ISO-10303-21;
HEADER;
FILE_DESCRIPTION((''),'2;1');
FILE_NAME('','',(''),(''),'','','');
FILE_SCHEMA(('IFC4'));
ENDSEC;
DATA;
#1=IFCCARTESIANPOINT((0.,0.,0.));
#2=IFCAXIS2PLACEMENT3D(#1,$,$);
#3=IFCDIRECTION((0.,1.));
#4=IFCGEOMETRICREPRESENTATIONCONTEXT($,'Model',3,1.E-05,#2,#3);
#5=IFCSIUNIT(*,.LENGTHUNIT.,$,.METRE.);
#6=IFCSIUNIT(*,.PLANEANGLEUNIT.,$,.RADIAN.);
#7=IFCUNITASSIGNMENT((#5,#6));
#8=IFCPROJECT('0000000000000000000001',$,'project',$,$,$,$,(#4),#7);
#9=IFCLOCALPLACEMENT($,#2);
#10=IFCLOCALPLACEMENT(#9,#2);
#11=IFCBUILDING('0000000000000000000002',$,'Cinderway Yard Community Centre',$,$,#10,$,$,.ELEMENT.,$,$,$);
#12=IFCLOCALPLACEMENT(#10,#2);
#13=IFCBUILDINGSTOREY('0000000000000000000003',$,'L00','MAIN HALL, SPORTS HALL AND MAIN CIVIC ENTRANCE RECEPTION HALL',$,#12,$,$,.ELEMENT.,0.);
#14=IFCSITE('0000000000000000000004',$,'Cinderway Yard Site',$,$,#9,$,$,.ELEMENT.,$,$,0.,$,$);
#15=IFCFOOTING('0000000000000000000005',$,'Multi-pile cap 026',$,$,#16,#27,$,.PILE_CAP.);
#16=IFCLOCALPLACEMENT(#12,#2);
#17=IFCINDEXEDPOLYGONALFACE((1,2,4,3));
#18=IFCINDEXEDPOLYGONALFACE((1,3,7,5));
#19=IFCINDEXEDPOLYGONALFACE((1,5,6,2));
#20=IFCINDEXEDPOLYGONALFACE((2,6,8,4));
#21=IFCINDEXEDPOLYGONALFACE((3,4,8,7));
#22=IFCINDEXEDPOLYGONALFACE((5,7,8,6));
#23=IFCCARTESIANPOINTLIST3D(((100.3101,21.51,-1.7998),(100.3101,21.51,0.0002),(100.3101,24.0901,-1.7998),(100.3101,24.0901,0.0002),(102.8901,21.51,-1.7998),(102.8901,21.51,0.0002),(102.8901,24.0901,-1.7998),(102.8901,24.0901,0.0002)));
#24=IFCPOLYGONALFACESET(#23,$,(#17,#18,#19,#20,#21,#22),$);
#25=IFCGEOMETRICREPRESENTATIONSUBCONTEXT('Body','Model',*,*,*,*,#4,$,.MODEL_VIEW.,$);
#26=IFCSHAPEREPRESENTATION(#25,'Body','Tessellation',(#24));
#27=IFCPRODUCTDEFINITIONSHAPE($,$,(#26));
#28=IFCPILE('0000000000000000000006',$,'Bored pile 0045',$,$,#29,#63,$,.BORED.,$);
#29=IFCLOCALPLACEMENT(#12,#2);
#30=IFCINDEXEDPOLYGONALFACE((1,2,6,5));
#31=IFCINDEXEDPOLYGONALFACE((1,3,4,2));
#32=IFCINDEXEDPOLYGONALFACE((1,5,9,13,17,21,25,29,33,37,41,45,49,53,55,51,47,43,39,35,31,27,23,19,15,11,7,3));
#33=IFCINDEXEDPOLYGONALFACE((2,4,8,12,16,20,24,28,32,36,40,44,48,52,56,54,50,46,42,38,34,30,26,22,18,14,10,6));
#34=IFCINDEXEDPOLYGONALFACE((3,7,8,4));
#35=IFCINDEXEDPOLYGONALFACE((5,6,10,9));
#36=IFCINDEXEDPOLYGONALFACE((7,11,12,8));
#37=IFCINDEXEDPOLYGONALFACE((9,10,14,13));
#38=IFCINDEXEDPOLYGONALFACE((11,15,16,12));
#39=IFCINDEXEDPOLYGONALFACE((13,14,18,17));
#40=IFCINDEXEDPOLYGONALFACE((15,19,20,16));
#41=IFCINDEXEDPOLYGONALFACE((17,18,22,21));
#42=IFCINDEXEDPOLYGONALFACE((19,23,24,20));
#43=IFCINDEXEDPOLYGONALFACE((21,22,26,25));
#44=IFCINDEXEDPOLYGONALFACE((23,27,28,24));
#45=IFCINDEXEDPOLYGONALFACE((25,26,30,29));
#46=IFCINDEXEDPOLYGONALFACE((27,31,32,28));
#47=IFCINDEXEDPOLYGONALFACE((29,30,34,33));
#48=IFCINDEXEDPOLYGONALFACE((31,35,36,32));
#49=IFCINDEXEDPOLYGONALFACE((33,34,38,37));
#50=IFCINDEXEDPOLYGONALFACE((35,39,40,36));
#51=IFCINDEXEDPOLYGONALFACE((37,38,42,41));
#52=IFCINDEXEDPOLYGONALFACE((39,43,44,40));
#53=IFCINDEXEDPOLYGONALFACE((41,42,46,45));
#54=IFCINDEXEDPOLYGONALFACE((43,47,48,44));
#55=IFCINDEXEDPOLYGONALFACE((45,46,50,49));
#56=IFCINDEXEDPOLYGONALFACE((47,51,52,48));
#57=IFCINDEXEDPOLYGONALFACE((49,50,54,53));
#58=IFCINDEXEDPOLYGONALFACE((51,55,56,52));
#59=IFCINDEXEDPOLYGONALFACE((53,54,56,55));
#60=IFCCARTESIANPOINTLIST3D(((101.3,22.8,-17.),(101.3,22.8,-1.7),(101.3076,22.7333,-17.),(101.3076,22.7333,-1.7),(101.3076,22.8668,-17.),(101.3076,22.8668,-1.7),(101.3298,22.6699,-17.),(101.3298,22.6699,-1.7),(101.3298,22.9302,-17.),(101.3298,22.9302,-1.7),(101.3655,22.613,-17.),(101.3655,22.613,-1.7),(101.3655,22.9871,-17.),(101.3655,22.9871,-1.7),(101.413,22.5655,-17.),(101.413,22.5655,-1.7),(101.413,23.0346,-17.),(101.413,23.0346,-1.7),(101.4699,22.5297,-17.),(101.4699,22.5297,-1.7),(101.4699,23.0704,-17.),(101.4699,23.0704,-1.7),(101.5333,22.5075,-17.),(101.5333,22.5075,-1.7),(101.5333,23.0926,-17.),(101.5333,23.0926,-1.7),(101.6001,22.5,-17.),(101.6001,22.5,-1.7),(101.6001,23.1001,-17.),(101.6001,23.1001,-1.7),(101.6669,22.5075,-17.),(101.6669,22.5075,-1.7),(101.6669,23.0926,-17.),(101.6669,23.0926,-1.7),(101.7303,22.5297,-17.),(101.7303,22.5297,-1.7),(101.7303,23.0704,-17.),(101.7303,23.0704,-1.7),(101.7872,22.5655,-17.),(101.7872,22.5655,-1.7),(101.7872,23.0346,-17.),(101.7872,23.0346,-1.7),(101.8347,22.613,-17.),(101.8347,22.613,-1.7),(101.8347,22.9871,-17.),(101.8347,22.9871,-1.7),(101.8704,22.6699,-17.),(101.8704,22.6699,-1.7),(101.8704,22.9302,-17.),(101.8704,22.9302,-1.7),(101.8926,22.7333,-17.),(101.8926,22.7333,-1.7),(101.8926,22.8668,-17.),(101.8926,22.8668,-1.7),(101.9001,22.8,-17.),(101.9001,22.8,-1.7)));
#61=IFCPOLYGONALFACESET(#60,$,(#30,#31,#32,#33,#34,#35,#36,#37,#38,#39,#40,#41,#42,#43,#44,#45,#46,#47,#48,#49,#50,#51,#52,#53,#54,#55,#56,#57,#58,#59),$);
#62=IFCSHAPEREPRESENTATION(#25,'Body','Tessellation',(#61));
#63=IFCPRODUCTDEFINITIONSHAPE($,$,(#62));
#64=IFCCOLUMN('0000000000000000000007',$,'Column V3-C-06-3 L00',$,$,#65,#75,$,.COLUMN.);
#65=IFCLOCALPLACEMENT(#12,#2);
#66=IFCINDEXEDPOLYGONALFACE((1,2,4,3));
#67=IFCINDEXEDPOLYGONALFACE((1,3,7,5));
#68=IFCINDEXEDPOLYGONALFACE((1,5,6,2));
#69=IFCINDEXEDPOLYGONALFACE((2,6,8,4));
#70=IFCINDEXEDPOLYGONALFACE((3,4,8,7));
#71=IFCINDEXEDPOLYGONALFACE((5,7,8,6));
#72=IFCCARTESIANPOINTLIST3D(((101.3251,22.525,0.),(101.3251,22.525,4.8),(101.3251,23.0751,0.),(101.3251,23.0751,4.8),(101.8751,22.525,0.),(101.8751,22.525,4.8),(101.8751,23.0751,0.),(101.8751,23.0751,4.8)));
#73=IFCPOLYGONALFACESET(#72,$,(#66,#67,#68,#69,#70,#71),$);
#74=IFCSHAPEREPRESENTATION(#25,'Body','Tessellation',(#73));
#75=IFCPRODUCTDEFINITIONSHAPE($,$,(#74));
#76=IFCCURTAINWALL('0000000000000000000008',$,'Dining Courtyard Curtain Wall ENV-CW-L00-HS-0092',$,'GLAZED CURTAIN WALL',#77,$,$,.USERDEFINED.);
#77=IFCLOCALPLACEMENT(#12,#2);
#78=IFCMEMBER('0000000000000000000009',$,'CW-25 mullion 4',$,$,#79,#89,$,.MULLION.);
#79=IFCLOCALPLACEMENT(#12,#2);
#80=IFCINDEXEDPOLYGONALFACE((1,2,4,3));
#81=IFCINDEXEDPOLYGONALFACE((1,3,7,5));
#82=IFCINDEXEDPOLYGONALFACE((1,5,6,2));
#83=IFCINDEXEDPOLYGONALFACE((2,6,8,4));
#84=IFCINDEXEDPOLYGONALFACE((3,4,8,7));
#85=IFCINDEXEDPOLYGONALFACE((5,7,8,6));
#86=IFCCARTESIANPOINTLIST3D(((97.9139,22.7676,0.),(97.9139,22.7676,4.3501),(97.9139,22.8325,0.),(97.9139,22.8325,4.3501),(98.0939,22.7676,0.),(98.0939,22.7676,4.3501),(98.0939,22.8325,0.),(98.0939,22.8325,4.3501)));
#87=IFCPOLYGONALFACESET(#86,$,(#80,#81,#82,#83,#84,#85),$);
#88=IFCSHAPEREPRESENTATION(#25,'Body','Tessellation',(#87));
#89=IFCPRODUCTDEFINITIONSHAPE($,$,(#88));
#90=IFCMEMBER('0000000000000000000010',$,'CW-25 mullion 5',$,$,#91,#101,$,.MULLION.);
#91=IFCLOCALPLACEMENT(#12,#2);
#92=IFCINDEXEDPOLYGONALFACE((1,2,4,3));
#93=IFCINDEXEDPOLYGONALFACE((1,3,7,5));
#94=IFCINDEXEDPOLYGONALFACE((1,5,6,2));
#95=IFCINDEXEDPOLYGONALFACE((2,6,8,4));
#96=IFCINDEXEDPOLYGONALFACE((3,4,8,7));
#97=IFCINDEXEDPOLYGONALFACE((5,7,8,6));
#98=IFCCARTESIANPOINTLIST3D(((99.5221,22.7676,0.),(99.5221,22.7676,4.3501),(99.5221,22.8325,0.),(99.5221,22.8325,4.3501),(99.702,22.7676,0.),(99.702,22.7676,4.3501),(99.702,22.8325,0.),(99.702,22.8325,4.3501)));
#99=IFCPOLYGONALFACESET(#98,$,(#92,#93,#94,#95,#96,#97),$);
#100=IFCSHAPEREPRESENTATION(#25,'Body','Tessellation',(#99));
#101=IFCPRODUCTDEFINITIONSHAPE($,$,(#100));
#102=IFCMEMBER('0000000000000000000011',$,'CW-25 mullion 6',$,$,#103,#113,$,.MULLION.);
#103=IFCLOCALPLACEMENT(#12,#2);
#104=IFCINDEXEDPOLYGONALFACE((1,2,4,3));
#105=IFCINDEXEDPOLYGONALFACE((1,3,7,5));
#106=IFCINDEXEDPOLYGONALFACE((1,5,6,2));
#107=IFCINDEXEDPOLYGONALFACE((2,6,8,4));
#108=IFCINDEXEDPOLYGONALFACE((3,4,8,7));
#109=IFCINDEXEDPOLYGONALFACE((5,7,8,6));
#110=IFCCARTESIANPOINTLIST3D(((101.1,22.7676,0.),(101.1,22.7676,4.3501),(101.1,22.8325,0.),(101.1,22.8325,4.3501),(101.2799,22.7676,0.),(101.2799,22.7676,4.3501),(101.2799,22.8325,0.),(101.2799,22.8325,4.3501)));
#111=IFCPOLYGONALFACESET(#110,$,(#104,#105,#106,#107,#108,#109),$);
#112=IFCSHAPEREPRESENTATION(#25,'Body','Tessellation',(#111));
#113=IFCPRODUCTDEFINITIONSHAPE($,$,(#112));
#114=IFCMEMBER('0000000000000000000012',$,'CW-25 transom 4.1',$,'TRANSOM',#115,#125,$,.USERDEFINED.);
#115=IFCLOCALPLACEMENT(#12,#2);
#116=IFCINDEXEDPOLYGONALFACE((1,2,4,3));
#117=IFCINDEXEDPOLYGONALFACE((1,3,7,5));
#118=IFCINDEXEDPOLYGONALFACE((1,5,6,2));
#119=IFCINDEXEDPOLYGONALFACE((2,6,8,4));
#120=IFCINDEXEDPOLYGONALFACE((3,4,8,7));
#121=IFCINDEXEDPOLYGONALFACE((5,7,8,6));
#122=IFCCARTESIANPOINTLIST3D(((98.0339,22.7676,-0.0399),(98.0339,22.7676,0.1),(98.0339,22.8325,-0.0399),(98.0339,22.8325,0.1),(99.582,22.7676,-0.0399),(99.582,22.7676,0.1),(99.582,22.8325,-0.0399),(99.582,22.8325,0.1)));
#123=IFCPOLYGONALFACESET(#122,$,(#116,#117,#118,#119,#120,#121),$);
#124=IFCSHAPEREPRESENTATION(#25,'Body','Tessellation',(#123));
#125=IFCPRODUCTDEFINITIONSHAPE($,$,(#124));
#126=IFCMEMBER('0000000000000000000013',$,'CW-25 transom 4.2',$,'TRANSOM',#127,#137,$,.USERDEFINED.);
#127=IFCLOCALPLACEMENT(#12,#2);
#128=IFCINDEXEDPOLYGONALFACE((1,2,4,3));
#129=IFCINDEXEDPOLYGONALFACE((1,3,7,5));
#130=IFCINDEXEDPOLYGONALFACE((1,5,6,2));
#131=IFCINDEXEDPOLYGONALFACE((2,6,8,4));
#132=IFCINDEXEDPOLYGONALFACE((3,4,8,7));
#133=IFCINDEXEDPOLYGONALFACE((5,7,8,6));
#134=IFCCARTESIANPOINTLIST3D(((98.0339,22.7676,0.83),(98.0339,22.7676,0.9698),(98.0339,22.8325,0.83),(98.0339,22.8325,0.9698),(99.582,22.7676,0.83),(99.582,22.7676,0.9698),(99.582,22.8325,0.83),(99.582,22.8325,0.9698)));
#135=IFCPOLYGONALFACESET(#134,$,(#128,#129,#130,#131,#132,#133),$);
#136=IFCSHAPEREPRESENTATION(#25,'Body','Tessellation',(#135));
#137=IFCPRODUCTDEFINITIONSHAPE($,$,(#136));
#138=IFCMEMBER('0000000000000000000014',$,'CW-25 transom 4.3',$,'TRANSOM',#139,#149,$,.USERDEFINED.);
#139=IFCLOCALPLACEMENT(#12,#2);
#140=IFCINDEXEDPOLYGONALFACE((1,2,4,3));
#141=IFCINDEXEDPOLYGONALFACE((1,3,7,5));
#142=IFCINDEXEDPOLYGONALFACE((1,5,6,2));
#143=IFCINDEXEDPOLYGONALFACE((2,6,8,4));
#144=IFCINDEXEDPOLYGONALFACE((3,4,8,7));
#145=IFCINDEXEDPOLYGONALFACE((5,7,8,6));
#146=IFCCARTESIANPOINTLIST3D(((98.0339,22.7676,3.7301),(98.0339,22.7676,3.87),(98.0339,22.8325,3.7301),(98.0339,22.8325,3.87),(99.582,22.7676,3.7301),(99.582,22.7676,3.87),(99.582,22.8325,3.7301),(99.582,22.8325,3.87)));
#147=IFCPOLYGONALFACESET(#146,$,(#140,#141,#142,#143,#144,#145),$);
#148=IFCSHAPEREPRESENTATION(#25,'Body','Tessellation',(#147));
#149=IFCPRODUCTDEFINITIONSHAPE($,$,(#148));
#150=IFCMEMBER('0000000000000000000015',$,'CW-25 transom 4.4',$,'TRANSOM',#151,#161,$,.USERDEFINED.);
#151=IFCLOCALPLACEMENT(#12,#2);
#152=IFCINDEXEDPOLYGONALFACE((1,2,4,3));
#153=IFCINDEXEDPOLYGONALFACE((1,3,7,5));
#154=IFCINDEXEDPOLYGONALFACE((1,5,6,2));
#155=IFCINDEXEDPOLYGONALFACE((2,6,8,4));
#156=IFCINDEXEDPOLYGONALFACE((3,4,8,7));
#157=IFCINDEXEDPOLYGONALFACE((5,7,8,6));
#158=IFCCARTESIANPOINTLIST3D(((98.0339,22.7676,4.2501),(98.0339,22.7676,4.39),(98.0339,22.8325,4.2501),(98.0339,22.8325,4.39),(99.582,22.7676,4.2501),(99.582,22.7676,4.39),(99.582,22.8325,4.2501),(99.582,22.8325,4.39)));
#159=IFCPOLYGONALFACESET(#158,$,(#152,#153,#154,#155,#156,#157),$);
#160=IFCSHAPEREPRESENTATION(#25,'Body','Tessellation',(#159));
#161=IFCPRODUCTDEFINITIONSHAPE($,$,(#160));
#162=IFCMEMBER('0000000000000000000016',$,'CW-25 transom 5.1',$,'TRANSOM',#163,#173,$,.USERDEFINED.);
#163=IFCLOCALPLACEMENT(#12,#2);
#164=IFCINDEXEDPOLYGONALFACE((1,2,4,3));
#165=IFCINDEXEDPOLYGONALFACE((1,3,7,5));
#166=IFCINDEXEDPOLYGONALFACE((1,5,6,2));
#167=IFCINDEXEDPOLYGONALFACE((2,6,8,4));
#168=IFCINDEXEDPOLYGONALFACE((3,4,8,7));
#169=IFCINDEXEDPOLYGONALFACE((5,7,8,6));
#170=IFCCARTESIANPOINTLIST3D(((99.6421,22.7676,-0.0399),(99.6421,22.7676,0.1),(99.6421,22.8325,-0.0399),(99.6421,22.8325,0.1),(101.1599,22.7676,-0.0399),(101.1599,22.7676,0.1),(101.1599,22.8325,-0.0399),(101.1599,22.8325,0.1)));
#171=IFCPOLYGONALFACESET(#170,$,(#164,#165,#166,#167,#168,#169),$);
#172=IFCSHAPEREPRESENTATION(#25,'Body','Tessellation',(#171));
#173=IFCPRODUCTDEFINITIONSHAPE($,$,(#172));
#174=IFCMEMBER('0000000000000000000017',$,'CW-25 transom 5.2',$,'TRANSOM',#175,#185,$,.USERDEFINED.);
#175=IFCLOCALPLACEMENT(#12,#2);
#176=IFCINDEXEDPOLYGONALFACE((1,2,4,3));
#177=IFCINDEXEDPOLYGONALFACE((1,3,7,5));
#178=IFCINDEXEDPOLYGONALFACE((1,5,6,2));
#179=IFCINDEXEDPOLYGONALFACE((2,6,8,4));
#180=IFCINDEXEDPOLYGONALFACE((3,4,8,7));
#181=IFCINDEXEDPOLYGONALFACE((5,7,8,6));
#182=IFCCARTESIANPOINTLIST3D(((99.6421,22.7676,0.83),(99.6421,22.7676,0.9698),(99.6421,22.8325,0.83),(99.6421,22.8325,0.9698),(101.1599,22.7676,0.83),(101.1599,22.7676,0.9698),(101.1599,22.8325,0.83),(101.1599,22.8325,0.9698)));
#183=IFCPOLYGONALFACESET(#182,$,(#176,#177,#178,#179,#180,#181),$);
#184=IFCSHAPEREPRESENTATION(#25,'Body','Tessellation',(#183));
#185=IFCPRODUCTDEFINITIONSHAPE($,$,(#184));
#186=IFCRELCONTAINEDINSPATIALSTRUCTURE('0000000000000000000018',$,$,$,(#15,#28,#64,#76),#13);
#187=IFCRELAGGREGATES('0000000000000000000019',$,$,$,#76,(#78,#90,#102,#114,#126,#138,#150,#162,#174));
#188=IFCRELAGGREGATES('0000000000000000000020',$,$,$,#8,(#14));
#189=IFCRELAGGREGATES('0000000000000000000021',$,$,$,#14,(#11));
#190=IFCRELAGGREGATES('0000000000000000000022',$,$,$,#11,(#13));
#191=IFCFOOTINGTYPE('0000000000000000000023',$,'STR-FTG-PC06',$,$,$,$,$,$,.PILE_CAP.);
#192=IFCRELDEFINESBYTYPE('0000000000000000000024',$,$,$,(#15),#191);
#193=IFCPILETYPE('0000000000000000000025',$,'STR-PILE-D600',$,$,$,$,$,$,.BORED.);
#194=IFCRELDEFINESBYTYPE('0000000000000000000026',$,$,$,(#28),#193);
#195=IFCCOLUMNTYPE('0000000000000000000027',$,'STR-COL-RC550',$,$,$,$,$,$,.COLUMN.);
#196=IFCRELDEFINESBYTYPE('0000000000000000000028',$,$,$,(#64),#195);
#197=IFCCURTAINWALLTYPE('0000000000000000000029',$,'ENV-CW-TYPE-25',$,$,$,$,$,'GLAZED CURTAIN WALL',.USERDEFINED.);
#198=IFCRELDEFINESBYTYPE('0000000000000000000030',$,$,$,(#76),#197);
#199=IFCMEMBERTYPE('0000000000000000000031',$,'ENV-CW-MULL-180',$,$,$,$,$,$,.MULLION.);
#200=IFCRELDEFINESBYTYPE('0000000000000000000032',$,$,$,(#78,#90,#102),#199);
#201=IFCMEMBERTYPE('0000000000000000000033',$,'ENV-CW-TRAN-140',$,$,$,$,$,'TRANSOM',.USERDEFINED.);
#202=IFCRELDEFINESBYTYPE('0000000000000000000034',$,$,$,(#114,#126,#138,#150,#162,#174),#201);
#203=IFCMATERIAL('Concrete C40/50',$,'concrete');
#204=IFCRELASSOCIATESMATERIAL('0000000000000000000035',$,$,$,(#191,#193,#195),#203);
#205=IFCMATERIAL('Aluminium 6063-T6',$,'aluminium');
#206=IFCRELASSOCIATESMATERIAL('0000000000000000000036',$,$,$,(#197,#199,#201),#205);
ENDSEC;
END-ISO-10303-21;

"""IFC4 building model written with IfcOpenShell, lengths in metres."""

from ifc_helpers import new_model, si_unit, direction, frame, origin, origin_2d, place, context, subcontext, project, spatial, rectangle, circle, extrude, material, material_profile, profile_set, type_object, element, aggregate, save


model = new_model("IFC4")

# Units and contexts
model_context = context("Model", 3, precision=1e-05, world=origin(), true_north=direction((0.0, 1.0)))
body_context = subcontext(model_context, "Body", "Model", "MODEL_VIEW")
ifc_project = project(units=[si_unit("LENGTHUNIT", "METRE"), si_unit("PLANEANGLEUNIT", "RADIAN")], contexts=[model_context])

# Site, building, storey
site_placement = place(None, origin())
site = spatial("IfcSite", under=ifc_project, at=site_placement, Name="Cinderway Yard Site", CompositionType="ELEMENT", RefElevation=0.0)
building_placement = place(site_placement, origin())
building = spatial("IfcBuilding", under=site, at=building_placement, Name="Cinderway Yard Community Centre", CompositionType="ELEMENT")
storey_placement = place(building_placement, origin())
storey = spatial("IfcBuildingStorey", under=building, at=storey_placement, Name="L00", Description="MAIN HALL, SPORTS HALL AND MAIN CIVIC ENTRANCE RECEPTION HALL", CompositionType="ELEMENT", Elevation=0.0)

# Footing
ifc_material_1 = material(Name="Concrete C40/50", Category="concrete")
footing_type = type_object("IfcFootingType", Name="STR-FTG-PC06", PredefinedType="PILE_CAP", material=ifc_material_1)
footing_placement = place(storey_placement, frame((101.6001, 22.8, -1.7998), z_axis=(0.0, 0.0, 1.0), x_axis=(1.0, 0.0, 0.0)))
element("IfcFooting", 1, at=footing_placement, inside=storey, type_object=footing_type, Name="Multi-pile cap 026", PredefinedType="PILE_CAP", context=body_context, shape_type="SweptSolid", body=[
    extrude(rectangle(XDim=2.5801, YDim=2.5801, at=origin_2d()), origin(), (0.0, 0.0, 1.0), 1.8),
])

# Pile
ifc_material_profile_1 = material_profile(ifc_material_1, circle(Radius=0.3, at=origin_2d()), Name="Concrete C40/50")
ifc_profile_set_1 = profile_set([ifc_material_profile_1], Name="Concrete C40/50")
pile_type = type_object("IfcPileType", Name="STR-PILE-D600", PredefinedType="BORED", material=ifc_profile_set_1)
pile_placement = place(storey_placement, frame((101.6001, 22.8, -1.7), z_axis=(0.0, 0.0, -1.0), x_axis=(1.0, 0.0, 0.0)))
element("IfcPile", 2, at=pile_placement, inside=storey, type_object=pile_type, Name="Bored pile 0045", PredefinedType="BORED", context=body_context, shape_type="SweptSolid", body=[
    extrude(circle(Radius=0.3, at=origin_2d()), origin(), (0.0, 0.0, 1.0), 15.3),
])

# Column
ifc_material_profile_2 = material_profile(ifc_material_1, rectangle(XDim=0.55, YDim=0.55, at=origin_2d()), Name="Concrete C40/50")
ifc_profile_set_2 = profile_set([ifc_material_profile_2], Name="Concrete C40/50")
column_type = type_object("IfcColumnType", Name="STR-COL-RC550", PredefinedType="COLUMN", material=ifc_profile_set_2)
column_placement = place(storey_placement, frame((101.6001, 22.8, 0.0), z_axis=(0.0, 0.0, 1.0), x_axis=(1.0, 0.0, 0.0)))
element("IfcColumn", 3, at=column_placement, inside=storey, type_object=column_type, Name="Column V3-C-06-3 L00", PredefinedType="COLUMN", context=body_context, shape_type="SweptSolid", body=[
    extrude(rectangle(XDim=0.55, YDim=0.55, at=origin_2d()), origin(), (0.0, 0.0, 1.0), 4.8),
])

# Curtain wall, members
ifc_material_2 = material(Name="Aluminium 6063-T6", Category="aluminium")
curtain_wall_type = type_object("IfcCurtainWallType", Name="ENV-CW-TYPE-25", ElementType="GLAZED CURTAIN WALL", PredefinedType="USERDEFINED", material=ifc_material_2)
curtain_wall_placement = place(storey_placement, origin())
curtain_wall = element("IfcCurtainWall", 4, at=curtain_wall_placement, inside=storey, type_object=curtain_wall_type, Name="Dining Courtyard Curtain Wall ENV-CW-L00-HS-0092", ObjectType="GLAZED CURTAIN WALL", PredefinedType="USERDEFINED")
ifc_material_profile_3 = material_profile(ifc_material_2, rectangle(XDim=0.0649, YDim=0.1799, at=origin_2d()), Name="Aluminium 6063-T6")
ifc_profile_set_3 = profile_set([ifc_material_profile_3], Name="Aluminium 6063-T6")
member_type_1 = type_object("IfcMemberType", Name="ENV-CW-MULL-180", PredefinedType="MULLION", material=ifc_profile_set_3)
member_1_placement = place(storey_placement, frame((98.0039, 22.8, 0.0), z_axis=(0.0, 0.0, 1.0), x_axis=(0.0, 1.0, 0.0)))
member_1 = element("IfcMember", 5, at=member_1_placement, type_object=member_type_1, Name="CW-25 mullion 4", PredefinedType="MULLION", context=body_context, shape_type="SweptSolid", body=[
    extrude(rectangle(XDim=0.0649, YDim=0.1799, at=origin_2d()), origin(), (0.0, 0.0, 1.0), 4.3501),
])
member_2_placement = place(storey_placement, frame((99.6121, 22.8, 0.0), z_axis=(0.0, 0.0, 1.0), x_axis=(0.0, 1.0, 0.0)))
member_2 = element("IfcMember", 6, at=member_2_placement, type_object=member_type_1, Name="CW-25 mullion 5", PredefinedType="MULLION", context=body_context, shape_type="SweptSolid", body=[
    extrude(rectangle(XDim=0.0649, YDim=0.1799, at=origin_2d()), origin(), (0.0, 0.0, 1.0), 4.3501),
])
member_3_placement = place(storey_placement, frame((101.1899, 22.8, 0.0), z_axis=(0.0, 0.0, 1.0), x_axis=(0.0, 1.0, 0.0)))
member_3 = element("IfcMember", 7, at=member_3_placement, type_object=member_type_1, Name="CW-25 mullion 6", PredefinedType="MULLION", context=body_context, shape_type="SweptSolid", body=[
    extrude(rectangle(XDim=0.0649, YDim=0.1799, at=origin_2d()), origin(), (0.0, 0.0, 1.0), 4.3501),
])
ifc_material_profile_4 = material_profile(ifc_material_2, rectangle(XDim=0.0649, YDim=0.1399, at=origin_2d()), Name="Aluminium 6063-T6")
ifc_profile_set_4 = profile_set([ifc_material_profile_4], Name="Aluminium 6063-T6")
member_type_2 = type_object("IfcMemberType", Name="ENV-CW-TRAN-140", ElementType="TRANSOM", PredefinedType="USERDEFINED", material=ifc_profile_set_4)
member_4_placement = place(storey_placement, frame((98.0339, 22.8, 0.03), z_axis=(1.0, 0.0, 0.0), x_axis=(0.0, 1.0, 0.0)))
member_4 = element("IfcMember", 8, at=member_4_placement, type_object=member_type_2, Name="CW-25 transom 4.1", ObjectType="TRANSOM", PredefinedType="USERDEFINED", context=body_context, shape_type="SweptSolid", body=[
    extrude(rectangle(XDim=0.0649, YDim=0.1399, at=origin_2d()), origin(), (0.0, 0.0, 1.0), 1.5481),
])
member_5_placement = place(storey_placement, frame((98.0339, 22.8, 0.8999), z_axis=(1.0, 0.0, 0.0), x_axis=(0.0, 1.0, 0.0)))
member_5 = element("IfcMember", 9, at=member_5_placement, type_object=member_type_2, Name="CW-25 transom 4.2", ObjectType="TRANSOM", PredefinedType="USERDEFINED", context=body_context, shape_type="SweptSolid", body=[
    extrude(rectangle(XDim=0.0649, YDim=0.1399, at=origin_2d()), origin(), (0.0, 0.0, 1.0), 1.5481),
])
member_6_placement = place(storey_placement, frame((98.0339, 22.8, 3.8), z_axis=(1.0, 0.0, 0.0), x_axis=(0.0, 1.0, 0.0)))
member_6 = element("IfcMember", 10, at=member_6_placement, type_object=member_type_2, Name="CW-25 transom 4.3", ObjectType="TRANSOM", PredefinedType="USERDEFINED", context=body_context, shape_type="SweptSolid", body=[
    extrude(rectangle(XDim=0.0649, YDim=0.1399, at=origin_2d()), origin(), (0.0, 0.0, 1.0), 1.5481),
])
member_7_placement = place(storey_placement, frame((98.0339, 22.8, 4.3201), z_axis=(1.0, 0.0, 0.0), x_axis=(0.0, 1.0, 0.0)))
member_7 = element("IfcMember", 11, at=member_7_placement, type_object=member_type_2, Name="CW-25 transom 4.4", ObjectType="TRANSOM", PredefinedType="USERDEFINED", context=body_context, shape_type="SweptSolid", body=[
    extrude(rectangle(XDim=0.0649, YDim=0.1399, at=origin_2d()), origin(), (0.0, 0.0, 1.0), 1.5481),
])
member_8_placement = place(storey_placement, frame((99.6421, 22.8, 0.03), z_axis=(1.0, 0.0, 0.0), x_axis=(0.0, 1.0, 0.0)))
member_8 = element("IfcMember", 12, at=member_8_placement, type_object=member_type_2, Name="CW-25 transom 5.1", ObjectType="TRANSOM", PredefinedType="USERDEFINED", context=body_context, shape_type="SweptSolid", body=[
    extrude(rectangle(XDim=0.0649, YDim=0.1399, at=origin_2d()), origin(), (0.0, 0.0, 1.0), 1.5178),
])
member_9_placement = place(storey_placement, frame((99.6421, 22.8, 0.8999), z_axis=(1.0, 0.0, 0.0), x_axis=(0.0, 1.0, 0.0)))
member_9 = element("IfcMember", 13, at=member_9_placement, type_object=member_type_2, Name="CW-25 transom 5.2", ObjectType="TRANSOM", PredefinedType="USERDEFINED", context=body_context, shape_type="SweptSolid", body=[
    extrude(rectangle(XDim=0.0649, YDim=0.1399, at=origin_2d()), origin(), (0.0, 0.0, 1.0), 1.5178),
])
aggregate(curtain_wall, [member_1, member_2, member_3, member_4, member_5, member_6, member_7, member_8, member_9])

save(model, "model.ifc")
